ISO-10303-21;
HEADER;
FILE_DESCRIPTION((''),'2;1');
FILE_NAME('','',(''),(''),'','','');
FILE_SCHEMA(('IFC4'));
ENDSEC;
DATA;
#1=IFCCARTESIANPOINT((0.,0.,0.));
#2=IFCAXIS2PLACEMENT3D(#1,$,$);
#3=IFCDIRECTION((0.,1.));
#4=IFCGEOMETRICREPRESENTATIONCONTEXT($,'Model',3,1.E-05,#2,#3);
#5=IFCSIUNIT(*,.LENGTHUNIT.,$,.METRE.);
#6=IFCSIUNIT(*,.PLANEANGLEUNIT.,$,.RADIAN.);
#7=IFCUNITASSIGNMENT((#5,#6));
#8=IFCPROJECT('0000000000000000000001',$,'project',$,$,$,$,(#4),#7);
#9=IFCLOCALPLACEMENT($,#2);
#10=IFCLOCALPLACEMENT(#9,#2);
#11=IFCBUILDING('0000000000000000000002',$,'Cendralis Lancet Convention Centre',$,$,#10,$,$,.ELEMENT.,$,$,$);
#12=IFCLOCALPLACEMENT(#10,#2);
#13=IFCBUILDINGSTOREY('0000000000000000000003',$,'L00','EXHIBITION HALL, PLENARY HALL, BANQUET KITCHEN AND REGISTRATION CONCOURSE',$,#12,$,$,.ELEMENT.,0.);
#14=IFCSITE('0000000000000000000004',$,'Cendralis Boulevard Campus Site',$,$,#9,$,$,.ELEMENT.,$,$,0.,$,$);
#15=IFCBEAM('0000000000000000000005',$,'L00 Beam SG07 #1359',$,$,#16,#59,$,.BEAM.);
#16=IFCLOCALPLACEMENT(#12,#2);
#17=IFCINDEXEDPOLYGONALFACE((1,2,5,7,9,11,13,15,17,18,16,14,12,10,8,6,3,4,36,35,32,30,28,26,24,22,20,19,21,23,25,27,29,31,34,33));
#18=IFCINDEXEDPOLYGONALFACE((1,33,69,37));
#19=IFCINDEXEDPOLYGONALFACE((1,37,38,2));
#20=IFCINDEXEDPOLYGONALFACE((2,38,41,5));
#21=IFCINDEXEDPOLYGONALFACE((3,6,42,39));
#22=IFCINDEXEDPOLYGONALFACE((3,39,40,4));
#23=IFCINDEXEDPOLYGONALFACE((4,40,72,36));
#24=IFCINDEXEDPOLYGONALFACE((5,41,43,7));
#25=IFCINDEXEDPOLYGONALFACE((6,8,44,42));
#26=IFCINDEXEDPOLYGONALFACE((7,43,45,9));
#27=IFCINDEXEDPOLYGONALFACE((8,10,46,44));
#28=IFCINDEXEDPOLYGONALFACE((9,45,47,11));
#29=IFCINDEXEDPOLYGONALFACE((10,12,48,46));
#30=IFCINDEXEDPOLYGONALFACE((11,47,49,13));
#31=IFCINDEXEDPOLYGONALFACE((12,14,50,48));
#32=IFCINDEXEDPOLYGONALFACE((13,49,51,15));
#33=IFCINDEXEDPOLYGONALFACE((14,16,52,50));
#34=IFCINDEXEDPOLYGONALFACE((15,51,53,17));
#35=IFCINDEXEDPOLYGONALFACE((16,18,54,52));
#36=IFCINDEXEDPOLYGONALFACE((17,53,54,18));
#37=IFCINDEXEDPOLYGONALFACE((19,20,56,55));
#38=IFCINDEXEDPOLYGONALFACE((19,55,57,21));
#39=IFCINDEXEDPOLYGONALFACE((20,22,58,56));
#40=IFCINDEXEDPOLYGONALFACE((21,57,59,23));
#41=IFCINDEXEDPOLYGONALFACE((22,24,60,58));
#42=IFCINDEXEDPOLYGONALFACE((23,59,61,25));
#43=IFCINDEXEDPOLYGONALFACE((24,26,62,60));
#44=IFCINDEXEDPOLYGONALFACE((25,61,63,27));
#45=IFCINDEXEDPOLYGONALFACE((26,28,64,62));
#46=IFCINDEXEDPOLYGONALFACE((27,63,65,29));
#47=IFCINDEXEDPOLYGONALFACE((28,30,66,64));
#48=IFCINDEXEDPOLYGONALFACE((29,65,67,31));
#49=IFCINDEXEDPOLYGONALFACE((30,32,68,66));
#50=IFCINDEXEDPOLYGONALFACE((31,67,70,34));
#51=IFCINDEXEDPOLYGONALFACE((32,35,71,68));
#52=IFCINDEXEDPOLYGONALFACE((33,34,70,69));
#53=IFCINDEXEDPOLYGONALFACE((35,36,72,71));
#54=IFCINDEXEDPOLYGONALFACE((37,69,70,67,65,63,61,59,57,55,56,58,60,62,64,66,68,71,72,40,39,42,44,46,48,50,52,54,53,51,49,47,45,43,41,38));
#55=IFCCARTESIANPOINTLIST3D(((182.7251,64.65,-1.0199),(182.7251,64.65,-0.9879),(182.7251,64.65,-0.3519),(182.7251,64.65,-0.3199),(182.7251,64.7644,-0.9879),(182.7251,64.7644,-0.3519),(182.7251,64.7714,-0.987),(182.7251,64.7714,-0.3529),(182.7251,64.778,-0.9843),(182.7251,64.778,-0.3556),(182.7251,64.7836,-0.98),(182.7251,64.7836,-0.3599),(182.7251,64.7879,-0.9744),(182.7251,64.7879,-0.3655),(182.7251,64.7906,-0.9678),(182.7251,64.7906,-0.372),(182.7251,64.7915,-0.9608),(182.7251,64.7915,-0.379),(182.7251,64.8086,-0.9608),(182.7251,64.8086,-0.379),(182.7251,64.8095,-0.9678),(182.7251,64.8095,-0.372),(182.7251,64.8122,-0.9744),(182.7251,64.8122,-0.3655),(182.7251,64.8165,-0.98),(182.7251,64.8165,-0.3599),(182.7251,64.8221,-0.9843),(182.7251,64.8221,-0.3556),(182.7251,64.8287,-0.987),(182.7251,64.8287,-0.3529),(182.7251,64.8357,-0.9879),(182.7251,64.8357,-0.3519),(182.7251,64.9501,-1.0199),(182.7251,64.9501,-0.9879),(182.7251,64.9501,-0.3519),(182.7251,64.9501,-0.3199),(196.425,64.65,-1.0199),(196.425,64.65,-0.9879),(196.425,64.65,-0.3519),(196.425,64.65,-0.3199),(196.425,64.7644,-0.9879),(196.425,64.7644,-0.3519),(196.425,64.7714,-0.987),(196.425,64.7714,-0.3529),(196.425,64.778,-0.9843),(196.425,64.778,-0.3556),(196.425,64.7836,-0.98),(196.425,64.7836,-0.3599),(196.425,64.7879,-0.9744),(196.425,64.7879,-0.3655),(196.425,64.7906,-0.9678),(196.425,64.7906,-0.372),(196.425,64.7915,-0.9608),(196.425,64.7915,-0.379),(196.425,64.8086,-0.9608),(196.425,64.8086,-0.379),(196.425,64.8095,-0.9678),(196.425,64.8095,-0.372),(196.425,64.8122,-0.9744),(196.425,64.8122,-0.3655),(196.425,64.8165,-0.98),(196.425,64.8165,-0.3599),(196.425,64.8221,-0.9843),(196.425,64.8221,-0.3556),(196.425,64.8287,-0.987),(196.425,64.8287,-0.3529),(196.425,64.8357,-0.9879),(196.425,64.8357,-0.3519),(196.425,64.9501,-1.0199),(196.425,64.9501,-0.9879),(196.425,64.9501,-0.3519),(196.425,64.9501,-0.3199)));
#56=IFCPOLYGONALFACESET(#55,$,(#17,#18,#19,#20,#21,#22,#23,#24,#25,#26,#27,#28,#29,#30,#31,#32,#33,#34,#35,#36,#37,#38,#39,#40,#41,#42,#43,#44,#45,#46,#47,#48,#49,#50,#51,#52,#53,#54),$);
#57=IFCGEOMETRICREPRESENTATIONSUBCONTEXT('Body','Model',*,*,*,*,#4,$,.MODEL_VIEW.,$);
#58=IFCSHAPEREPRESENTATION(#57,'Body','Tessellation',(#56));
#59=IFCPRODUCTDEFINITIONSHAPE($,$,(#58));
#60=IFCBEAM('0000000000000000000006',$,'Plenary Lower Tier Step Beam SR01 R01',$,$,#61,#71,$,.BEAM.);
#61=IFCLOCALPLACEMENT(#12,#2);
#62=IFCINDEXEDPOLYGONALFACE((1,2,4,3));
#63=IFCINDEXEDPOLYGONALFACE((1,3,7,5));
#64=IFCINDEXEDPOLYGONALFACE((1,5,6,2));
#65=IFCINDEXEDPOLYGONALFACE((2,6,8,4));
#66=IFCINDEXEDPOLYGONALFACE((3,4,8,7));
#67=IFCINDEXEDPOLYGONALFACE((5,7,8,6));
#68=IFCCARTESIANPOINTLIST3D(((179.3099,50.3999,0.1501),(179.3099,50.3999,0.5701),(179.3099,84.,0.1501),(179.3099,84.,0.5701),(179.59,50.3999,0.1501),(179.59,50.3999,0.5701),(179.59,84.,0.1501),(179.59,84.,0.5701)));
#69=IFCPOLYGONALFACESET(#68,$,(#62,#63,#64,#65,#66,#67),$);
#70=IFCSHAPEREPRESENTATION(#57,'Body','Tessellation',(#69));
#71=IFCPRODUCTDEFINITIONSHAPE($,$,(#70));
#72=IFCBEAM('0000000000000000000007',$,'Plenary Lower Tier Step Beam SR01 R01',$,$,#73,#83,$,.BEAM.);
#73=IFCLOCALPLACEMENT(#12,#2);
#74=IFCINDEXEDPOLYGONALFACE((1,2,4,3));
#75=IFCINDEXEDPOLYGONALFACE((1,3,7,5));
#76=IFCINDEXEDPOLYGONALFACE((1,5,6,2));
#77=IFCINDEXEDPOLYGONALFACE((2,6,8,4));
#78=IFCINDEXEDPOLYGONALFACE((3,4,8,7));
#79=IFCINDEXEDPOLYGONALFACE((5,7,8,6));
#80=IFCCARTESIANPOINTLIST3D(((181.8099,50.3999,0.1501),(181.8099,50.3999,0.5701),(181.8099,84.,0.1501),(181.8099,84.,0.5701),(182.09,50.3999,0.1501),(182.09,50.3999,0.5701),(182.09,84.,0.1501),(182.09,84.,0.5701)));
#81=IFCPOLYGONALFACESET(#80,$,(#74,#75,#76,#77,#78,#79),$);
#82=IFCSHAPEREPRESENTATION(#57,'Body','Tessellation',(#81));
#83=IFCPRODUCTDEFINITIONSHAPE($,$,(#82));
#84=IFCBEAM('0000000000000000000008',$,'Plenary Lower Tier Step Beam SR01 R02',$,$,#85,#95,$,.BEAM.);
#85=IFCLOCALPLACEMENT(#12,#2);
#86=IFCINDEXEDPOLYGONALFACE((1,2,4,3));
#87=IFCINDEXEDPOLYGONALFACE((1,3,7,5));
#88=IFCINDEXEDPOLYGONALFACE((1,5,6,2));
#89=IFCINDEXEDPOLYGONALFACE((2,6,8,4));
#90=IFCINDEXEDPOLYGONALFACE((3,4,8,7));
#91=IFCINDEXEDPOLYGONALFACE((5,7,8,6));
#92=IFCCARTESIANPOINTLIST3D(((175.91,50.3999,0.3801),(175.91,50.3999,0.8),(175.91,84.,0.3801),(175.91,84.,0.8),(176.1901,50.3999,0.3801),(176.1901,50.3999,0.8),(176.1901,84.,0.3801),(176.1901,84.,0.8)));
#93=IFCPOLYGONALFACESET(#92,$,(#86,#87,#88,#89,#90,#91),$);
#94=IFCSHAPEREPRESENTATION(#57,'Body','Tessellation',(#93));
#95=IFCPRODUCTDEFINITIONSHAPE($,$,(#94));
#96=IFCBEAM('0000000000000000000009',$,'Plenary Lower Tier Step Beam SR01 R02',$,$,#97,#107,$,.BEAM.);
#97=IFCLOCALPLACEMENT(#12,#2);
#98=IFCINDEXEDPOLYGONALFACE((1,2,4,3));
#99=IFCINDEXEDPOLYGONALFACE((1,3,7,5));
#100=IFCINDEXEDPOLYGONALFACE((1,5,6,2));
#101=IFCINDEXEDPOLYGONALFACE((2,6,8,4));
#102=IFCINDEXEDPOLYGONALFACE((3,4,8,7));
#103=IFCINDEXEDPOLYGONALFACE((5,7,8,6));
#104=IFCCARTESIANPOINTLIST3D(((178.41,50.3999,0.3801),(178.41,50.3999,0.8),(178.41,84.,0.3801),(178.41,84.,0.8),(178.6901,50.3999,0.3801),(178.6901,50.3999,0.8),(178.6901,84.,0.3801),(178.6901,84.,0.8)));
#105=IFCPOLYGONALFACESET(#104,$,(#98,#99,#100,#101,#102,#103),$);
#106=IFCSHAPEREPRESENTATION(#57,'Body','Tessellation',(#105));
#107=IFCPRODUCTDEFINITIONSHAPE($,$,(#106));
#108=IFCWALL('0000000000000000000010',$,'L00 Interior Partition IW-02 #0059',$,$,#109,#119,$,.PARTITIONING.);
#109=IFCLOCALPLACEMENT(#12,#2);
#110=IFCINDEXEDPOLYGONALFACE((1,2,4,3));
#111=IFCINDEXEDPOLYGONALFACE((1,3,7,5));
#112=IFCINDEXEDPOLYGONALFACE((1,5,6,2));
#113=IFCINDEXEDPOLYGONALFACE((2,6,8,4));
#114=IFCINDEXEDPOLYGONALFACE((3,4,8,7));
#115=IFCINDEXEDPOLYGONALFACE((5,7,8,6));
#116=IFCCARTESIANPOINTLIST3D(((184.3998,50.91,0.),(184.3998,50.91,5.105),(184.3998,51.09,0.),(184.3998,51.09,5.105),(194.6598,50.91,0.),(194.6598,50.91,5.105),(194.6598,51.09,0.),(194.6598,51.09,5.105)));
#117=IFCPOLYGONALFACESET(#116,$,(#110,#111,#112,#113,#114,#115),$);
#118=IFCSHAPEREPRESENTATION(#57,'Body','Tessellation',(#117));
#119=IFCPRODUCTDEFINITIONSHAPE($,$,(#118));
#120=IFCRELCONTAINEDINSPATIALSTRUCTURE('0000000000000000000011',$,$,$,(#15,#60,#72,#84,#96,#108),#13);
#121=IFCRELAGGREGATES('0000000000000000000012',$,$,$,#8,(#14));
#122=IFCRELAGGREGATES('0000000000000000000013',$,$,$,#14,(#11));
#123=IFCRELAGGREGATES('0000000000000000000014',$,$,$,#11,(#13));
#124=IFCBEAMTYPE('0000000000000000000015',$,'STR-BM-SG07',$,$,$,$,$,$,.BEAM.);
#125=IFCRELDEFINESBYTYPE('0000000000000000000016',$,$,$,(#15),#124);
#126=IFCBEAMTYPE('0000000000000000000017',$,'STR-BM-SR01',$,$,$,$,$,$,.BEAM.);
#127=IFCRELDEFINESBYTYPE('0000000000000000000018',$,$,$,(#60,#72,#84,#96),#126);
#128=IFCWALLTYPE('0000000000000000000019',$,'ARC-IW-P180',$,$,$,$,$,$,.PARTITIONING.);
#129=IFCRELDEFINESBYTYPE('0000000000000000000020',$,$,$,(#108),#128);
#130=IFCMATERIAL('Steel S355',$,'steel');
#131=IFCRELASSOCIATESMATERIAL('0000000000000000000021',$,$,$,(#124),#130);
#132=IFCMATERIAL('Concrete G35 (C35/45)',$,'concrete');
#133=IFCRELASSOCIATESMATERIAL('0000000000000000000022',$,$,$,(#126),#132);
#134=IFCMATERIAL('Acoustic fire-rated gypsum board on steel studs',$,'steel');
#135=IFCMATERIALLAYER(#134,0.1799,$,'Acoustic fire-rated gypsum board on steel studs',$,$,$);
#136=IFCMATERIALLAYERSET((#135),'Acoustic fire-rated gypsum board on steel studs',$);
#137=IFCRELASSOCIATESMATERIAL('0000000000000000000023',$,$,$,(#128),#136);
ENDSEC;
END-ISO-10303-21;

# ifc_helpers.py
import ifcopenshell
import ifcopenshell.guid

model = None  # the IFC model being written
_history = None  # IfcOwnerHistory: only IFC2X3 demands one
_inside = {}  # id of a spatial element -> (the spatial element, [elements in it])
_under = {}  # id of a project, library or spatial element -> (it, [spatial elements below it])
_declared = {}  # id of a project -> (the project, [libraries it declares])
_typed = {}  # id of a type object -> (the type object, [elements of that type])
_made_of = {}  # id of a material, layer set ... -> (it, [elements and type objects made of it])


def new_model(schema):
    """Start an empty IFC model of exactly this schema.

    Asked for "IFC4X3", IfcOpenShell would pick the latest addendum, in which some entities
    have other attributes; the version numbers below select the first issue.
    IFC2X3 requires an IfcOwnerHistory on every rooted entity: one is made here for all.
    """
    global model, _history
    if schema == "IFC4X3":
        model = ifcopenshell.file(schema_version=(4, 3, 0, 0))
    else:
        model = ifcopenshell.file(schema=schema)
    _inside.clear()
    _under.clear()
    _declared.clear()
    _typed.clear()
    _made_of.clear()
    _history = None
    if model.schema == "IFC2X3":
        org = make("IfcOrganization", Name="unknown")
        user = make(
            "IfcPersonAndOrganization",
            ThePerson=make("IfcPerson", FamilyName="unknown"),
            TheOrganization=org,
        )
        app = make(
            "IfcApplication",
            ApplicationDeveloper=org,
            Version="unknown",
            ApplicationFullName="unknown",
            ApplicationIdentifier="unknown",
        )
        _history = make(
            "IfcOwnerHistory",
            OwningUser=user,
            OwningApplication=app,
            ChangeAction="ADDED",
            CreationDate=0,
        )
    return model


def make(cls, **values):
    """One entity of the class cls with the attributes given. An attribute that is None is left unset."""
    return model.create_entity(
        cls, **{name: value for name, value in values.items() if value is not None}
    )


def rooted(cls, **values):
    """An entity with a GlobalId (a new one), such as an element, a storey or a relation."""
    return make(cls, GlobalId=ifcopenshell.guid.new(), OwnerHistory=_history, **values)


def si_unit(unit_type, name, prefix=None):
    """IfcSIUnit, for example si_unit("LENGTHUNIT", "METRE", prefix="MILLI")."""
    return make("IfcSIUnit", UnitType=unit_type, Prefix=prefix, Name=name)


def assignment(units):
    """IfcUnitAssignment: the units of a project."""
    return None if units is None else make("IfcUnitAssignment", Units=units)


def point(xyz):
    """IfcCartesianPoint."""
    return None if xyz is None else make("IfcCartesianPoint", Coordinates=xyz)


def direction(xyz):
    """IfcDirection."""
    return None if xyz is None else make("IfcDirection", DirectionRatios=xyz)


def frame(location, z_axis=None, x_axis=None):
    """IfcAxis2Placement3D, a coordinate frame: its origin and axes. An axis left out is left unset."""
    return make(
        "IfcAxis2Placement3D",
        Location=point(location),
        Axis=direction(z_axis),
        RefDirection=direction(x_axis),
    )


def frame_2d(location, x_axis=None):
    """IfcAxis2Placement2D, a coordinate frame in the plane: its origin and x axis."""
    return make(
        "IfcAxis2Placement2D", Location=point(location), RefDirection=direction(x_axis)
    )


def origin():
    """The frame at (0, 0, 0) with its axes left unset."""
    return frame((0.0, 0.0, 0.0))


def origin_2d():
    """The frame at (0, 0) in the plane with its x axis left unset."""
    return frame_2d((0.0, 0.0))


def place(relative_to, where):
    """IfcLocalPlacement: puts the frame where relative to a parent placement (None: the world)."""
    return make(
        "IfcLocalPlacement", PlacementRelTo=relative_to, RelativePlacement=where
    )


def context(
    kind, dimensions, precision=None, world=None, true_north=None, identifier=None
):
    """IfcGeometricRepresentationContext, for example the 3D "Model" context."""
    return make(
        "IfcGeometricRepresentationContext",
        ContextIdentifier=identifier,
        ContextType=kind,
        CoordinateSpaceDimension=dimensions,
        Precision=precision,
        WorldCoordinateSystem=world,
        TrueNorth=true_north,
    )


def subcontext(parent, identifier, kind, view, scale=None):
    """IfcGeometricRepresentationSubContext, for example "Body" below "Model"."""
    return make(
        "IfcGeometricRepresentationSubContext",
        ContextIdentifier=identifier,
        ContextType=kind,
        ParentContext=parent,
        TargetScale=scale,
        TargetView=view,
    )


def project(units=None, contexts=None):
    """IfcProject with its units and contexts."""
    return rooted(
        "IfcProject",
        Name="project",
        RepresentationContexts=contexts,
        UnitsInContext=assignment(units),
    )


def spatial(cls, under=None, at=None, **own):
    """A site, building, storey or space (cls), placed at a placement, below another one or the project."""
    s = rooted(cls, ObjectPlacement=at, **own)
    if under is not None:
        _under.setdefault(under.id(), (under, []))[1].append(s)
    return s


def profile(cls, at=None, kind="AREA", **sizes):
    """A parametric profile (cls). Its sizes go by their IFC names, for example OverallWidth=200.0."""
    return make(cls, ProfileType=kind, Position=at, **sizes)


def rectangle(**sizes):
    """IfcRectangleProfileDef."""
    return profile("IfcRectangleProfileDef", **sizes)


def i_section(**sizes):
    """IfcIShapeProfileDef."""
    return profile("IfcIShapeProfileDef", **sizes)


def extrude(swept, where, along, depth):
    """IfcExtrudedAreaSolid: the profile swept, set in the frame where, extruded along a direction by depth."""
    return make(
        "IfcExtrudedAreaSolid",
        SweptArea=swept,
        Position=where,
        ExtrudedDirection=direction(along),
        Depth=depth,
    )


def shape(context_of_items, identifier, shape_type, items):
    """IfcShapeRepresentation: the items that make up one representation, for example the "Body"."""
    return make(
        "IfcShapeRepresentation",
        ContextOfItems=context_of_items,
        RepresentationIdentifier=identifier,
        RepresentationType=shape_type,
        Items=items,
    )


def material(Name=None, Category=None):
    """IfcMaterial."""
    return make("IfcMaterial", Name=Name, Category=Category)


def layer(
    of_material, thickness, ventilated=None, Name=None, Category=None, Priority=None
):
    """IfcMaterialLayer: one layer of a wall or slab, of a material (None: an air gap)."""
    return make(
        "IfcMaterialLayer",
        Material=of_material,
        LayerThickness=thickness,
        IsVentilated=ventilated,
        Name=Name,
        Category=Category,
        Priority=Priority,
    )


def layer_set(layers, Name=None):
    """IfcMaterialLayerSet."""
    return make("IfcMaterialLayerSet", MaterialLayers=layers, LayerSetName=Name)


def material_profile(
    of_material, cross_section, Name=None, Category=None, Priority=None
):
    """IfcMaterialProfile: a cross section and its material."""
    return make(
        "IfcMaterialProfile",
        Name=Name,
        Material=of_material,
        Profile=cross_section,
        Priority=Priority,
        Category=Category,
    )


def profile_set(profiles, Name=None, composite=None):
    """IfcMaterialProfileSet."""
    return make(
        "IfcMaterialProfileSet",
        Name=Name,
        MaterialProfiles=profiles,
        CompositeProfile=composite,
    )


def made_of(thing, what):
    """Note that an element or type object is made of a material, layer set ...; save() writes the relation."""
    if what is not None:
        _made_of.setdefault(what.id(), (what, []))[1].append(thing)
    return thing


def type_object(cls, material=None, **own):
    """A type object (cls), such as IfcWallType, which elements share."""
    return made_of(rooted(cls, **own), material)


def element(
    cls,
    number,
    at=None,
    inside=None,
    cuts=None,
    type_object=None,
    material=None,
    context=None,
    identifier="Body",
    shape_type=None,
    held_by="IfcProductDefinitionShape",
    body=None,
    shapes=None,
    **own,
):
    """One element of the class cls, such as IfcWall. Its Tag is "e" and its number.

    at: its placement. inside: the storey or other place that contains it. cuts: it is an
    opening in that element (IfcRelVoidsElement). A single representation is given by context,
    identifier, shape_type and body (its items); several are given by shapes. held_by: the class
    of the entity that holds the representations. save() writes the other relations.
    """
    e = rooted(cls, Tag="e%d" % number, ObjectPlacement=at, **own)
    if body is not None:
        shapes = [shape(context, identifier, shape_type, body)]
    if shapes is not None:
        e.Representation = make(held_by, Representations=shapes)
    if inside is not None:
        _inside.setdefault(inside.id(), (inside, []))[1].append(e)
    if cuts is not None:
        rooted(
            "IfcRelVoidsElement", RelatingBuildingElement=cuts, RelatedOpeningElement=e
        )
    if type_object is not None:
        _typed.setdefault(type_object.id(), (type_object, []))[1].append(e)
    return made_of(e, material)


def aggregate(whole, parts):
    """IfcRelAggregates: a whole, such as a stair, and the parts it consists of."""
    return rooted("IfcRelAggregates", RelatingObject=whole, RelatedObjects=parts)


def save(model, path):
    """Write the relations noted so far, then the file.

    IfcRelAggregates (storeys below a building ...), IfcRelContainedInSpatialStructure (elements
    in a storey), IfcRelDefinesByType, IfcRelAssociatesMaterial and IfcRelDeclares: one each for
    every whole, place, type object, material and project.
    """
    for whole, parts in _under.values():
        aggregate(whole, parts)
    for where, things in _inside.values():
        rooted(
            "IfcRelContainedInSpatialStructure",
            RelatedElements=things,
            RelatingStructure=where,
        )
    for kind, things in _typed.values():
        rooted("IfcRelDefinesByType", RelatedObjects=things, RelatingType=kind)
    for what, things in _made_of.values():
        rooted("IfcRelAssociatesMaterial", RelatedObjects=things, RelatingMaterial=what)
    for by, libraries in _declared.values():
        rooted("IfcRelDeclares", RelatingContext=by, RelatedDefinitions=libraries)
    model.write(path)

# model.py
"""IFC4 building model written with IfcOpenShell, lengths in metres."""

from ifc_helpers import new_model, si_unit, direction, frame, frame_2d, origin, origin_2d, place, context, subcontext, project, spatial, rectangle, i_section, extrude, material, layer, layer_set, material_profile, profile_set, type_object, element, save


model = new_model("IFC4")

# Units and contexts
model_context = context("Model", 3, precision=1e-05, world=origin(), true_north=direction((0.0, 1.0)))
body_context = subcontext(model_context, "Body", "Model", "MODEL_VIEW")
ifc_project = project(units=[si_unit("LENGTHUNIT", "METRE"), si_unit("PLANEANGLEUNIT", "RADIAN")], contexts=[model_context])

# Site, building, storey
site_placement = place(None, origin())
site = spatial("IfcSite", under=ifc_project, at=site_placement, Name="Cendralis Boulevard Campus Site", CompositionType="ELEMENT", RefElevation=0.0)
building_placement = place(site_placement, origin())
building = spatial("IfcBuilding", under=site, at=building_placement, Name="Cendralis Lancet Convention Centre", CompositionType="ELEMENT")
storey_placement = place(building_placement, origin())
storey = spatial("IfcBuildingStorey", under=building, at=storey_placement, Name="L00", Description="EXHIBITION HALL, PLENARY HALL, BANQUET KITCHEN AND REGISTRATION CONCOURSE", CompositionType="ELEMENT", Elevation=0.0)

# Shared definitions
ifc_material_1 = material(Name="Concrete G35 (C35/45)", Category="concrete")

# Beams
ifc_material_2 = material(Name="Steel S355", Category="steel")
ifc_material_profile_1 = material_profile(ifc_material_2, i_section(OverallWidth=0.3, OverallDepth=0.7, WebThickness=0.0171, FlangeThickness=0.032, FilletRadius=0.0271, at=origin_2d()), Name="HEB 700")
ifc_profile_set_1 = profile_set([ifc_material_profile_1], Name="Steel S355")
beam_type_1 = type_object("IfcBeamType", Name="STR-BM-SG07", PredefinedType="BEAM", material=ifc_profile_set_1)
for number, where, z_axis, x_axis, name in (
    (1, (182.7251, 64.8, -0.6699), (1.0, 0.0, 0.0), (0.0, 1.0, 0.0), "L00 Beam SG07 #1359"),
):
    element("IfcBeam", number, at=place(storey_placement, frame(where, z_axis=z_axis, x_axis=x_axis)), inside=storey, type_object=beam_type_1, Name=name, PredefinedType="BEAM", context=body_context, shape_type="SweptSolid", body=[
        extrude(i_section(OverallWidth=0.3, OverallDepth=0.7, WebThickness=0.0171, FlangeThickness=0.032, FilletRadius=0.0271, at=origin_2d()), origin(), (0.0, 0.0, 1.0), 13.7),
    ])
ifc_material_profile_2 = material_profile(ifc_material_1, rectangle(XDim=0.28, YDim=0.4199, at=origin_2d()), Name="RCB 280x420")
ifc_profile_set_2 = profile_set([ifc_material_profile_2], Name="Concrete G35 (C35/45)")
beam_type_2 = type_object("IfcBeamType", Name="STR-BM-SR01", PredefinedType="BEAM", material=ifc_profile_set_2)
for number, where, z_axis, x_axis, name in (
    (2, (179.45, 50.3999, 0.3601), (0.0, 1.0, 0.0), (-1.0, 0.0, 0.0), "Plenary Lower Tier Step Beam SR01 R01"),
    (3, (181.95, 50.3999, 0.3601), (0.0, 1.0, 0.0), (-1.0, 0.0, 0.0), "Plenary Lower Tier Step Beam SR01 R01"),
    (4, (176.05, 50.3999, 0.5901), (0.0, 1.0, 0.0), (-1.0, 0.0, 0.0), "Plenary Lower Tier Step Beam SR01 R02"),
    (5, (178.55, 50.3999, 0.5901), (0.0, 1.0, 0.0), (-1.0, 0.0, 0.0), "Plenary Lower Tier Step Beam SR01 R02"),
):
    element("IfcBeam", number, at=place(storey_placement, frame(where, z_axis=z_axis, x_axis=x_axis)), inside=storey, type_object=beam_type_2, Name=name, PredefinedType="BEAM", context=body_context, shape_type="SweptSolid", body=[
        extrude(rectangle(XDim=0.28, YDim=0.4199, at=origin_2d()), origin(), (0.0, 0.0, 1.0), 33.6001),
    ])

# Wall
ifc_material_3 = material(Name="Acoustic fire-rated gypsum board on steel studs", Category="steel")
ifc_layer = layer(ifc_material_3, 0.1799, Name="Acoustic fire-rated gypsum board on steel studs")
ifc_layer_set = layer_set([ifc_layer], Name="Acoustic fire-rated gypsum board on steel studs")
wall_type = type_object("IfcWallType", Name="ARC-IW-P180", PredefinedType="PARTITIONING", material=ifc_layer_set)
wall_placement = place(storey_placement, frame((184.3999, 51.0, 0.0), z_axis=(0.0, 0.0, 1.0), x_axis=(1.0, 0.0, 0.0)))
element("IfcWall", 6, at=wall_placement, inside=storey, type_object=wall_type, Name="L00 Interior Partition IW-02 #0059", PredefinedType="PARTITIONING", context=body_context, shape_type="SweptSolid", body=[
    extrude(rectangle(XDim=10.26, YDim=0.1799, at=frame_2d((5.1299, 0.0))), origin(), (0.0, 0.0, 1.0), 5.105),
])

save(model, "model.ifc")
